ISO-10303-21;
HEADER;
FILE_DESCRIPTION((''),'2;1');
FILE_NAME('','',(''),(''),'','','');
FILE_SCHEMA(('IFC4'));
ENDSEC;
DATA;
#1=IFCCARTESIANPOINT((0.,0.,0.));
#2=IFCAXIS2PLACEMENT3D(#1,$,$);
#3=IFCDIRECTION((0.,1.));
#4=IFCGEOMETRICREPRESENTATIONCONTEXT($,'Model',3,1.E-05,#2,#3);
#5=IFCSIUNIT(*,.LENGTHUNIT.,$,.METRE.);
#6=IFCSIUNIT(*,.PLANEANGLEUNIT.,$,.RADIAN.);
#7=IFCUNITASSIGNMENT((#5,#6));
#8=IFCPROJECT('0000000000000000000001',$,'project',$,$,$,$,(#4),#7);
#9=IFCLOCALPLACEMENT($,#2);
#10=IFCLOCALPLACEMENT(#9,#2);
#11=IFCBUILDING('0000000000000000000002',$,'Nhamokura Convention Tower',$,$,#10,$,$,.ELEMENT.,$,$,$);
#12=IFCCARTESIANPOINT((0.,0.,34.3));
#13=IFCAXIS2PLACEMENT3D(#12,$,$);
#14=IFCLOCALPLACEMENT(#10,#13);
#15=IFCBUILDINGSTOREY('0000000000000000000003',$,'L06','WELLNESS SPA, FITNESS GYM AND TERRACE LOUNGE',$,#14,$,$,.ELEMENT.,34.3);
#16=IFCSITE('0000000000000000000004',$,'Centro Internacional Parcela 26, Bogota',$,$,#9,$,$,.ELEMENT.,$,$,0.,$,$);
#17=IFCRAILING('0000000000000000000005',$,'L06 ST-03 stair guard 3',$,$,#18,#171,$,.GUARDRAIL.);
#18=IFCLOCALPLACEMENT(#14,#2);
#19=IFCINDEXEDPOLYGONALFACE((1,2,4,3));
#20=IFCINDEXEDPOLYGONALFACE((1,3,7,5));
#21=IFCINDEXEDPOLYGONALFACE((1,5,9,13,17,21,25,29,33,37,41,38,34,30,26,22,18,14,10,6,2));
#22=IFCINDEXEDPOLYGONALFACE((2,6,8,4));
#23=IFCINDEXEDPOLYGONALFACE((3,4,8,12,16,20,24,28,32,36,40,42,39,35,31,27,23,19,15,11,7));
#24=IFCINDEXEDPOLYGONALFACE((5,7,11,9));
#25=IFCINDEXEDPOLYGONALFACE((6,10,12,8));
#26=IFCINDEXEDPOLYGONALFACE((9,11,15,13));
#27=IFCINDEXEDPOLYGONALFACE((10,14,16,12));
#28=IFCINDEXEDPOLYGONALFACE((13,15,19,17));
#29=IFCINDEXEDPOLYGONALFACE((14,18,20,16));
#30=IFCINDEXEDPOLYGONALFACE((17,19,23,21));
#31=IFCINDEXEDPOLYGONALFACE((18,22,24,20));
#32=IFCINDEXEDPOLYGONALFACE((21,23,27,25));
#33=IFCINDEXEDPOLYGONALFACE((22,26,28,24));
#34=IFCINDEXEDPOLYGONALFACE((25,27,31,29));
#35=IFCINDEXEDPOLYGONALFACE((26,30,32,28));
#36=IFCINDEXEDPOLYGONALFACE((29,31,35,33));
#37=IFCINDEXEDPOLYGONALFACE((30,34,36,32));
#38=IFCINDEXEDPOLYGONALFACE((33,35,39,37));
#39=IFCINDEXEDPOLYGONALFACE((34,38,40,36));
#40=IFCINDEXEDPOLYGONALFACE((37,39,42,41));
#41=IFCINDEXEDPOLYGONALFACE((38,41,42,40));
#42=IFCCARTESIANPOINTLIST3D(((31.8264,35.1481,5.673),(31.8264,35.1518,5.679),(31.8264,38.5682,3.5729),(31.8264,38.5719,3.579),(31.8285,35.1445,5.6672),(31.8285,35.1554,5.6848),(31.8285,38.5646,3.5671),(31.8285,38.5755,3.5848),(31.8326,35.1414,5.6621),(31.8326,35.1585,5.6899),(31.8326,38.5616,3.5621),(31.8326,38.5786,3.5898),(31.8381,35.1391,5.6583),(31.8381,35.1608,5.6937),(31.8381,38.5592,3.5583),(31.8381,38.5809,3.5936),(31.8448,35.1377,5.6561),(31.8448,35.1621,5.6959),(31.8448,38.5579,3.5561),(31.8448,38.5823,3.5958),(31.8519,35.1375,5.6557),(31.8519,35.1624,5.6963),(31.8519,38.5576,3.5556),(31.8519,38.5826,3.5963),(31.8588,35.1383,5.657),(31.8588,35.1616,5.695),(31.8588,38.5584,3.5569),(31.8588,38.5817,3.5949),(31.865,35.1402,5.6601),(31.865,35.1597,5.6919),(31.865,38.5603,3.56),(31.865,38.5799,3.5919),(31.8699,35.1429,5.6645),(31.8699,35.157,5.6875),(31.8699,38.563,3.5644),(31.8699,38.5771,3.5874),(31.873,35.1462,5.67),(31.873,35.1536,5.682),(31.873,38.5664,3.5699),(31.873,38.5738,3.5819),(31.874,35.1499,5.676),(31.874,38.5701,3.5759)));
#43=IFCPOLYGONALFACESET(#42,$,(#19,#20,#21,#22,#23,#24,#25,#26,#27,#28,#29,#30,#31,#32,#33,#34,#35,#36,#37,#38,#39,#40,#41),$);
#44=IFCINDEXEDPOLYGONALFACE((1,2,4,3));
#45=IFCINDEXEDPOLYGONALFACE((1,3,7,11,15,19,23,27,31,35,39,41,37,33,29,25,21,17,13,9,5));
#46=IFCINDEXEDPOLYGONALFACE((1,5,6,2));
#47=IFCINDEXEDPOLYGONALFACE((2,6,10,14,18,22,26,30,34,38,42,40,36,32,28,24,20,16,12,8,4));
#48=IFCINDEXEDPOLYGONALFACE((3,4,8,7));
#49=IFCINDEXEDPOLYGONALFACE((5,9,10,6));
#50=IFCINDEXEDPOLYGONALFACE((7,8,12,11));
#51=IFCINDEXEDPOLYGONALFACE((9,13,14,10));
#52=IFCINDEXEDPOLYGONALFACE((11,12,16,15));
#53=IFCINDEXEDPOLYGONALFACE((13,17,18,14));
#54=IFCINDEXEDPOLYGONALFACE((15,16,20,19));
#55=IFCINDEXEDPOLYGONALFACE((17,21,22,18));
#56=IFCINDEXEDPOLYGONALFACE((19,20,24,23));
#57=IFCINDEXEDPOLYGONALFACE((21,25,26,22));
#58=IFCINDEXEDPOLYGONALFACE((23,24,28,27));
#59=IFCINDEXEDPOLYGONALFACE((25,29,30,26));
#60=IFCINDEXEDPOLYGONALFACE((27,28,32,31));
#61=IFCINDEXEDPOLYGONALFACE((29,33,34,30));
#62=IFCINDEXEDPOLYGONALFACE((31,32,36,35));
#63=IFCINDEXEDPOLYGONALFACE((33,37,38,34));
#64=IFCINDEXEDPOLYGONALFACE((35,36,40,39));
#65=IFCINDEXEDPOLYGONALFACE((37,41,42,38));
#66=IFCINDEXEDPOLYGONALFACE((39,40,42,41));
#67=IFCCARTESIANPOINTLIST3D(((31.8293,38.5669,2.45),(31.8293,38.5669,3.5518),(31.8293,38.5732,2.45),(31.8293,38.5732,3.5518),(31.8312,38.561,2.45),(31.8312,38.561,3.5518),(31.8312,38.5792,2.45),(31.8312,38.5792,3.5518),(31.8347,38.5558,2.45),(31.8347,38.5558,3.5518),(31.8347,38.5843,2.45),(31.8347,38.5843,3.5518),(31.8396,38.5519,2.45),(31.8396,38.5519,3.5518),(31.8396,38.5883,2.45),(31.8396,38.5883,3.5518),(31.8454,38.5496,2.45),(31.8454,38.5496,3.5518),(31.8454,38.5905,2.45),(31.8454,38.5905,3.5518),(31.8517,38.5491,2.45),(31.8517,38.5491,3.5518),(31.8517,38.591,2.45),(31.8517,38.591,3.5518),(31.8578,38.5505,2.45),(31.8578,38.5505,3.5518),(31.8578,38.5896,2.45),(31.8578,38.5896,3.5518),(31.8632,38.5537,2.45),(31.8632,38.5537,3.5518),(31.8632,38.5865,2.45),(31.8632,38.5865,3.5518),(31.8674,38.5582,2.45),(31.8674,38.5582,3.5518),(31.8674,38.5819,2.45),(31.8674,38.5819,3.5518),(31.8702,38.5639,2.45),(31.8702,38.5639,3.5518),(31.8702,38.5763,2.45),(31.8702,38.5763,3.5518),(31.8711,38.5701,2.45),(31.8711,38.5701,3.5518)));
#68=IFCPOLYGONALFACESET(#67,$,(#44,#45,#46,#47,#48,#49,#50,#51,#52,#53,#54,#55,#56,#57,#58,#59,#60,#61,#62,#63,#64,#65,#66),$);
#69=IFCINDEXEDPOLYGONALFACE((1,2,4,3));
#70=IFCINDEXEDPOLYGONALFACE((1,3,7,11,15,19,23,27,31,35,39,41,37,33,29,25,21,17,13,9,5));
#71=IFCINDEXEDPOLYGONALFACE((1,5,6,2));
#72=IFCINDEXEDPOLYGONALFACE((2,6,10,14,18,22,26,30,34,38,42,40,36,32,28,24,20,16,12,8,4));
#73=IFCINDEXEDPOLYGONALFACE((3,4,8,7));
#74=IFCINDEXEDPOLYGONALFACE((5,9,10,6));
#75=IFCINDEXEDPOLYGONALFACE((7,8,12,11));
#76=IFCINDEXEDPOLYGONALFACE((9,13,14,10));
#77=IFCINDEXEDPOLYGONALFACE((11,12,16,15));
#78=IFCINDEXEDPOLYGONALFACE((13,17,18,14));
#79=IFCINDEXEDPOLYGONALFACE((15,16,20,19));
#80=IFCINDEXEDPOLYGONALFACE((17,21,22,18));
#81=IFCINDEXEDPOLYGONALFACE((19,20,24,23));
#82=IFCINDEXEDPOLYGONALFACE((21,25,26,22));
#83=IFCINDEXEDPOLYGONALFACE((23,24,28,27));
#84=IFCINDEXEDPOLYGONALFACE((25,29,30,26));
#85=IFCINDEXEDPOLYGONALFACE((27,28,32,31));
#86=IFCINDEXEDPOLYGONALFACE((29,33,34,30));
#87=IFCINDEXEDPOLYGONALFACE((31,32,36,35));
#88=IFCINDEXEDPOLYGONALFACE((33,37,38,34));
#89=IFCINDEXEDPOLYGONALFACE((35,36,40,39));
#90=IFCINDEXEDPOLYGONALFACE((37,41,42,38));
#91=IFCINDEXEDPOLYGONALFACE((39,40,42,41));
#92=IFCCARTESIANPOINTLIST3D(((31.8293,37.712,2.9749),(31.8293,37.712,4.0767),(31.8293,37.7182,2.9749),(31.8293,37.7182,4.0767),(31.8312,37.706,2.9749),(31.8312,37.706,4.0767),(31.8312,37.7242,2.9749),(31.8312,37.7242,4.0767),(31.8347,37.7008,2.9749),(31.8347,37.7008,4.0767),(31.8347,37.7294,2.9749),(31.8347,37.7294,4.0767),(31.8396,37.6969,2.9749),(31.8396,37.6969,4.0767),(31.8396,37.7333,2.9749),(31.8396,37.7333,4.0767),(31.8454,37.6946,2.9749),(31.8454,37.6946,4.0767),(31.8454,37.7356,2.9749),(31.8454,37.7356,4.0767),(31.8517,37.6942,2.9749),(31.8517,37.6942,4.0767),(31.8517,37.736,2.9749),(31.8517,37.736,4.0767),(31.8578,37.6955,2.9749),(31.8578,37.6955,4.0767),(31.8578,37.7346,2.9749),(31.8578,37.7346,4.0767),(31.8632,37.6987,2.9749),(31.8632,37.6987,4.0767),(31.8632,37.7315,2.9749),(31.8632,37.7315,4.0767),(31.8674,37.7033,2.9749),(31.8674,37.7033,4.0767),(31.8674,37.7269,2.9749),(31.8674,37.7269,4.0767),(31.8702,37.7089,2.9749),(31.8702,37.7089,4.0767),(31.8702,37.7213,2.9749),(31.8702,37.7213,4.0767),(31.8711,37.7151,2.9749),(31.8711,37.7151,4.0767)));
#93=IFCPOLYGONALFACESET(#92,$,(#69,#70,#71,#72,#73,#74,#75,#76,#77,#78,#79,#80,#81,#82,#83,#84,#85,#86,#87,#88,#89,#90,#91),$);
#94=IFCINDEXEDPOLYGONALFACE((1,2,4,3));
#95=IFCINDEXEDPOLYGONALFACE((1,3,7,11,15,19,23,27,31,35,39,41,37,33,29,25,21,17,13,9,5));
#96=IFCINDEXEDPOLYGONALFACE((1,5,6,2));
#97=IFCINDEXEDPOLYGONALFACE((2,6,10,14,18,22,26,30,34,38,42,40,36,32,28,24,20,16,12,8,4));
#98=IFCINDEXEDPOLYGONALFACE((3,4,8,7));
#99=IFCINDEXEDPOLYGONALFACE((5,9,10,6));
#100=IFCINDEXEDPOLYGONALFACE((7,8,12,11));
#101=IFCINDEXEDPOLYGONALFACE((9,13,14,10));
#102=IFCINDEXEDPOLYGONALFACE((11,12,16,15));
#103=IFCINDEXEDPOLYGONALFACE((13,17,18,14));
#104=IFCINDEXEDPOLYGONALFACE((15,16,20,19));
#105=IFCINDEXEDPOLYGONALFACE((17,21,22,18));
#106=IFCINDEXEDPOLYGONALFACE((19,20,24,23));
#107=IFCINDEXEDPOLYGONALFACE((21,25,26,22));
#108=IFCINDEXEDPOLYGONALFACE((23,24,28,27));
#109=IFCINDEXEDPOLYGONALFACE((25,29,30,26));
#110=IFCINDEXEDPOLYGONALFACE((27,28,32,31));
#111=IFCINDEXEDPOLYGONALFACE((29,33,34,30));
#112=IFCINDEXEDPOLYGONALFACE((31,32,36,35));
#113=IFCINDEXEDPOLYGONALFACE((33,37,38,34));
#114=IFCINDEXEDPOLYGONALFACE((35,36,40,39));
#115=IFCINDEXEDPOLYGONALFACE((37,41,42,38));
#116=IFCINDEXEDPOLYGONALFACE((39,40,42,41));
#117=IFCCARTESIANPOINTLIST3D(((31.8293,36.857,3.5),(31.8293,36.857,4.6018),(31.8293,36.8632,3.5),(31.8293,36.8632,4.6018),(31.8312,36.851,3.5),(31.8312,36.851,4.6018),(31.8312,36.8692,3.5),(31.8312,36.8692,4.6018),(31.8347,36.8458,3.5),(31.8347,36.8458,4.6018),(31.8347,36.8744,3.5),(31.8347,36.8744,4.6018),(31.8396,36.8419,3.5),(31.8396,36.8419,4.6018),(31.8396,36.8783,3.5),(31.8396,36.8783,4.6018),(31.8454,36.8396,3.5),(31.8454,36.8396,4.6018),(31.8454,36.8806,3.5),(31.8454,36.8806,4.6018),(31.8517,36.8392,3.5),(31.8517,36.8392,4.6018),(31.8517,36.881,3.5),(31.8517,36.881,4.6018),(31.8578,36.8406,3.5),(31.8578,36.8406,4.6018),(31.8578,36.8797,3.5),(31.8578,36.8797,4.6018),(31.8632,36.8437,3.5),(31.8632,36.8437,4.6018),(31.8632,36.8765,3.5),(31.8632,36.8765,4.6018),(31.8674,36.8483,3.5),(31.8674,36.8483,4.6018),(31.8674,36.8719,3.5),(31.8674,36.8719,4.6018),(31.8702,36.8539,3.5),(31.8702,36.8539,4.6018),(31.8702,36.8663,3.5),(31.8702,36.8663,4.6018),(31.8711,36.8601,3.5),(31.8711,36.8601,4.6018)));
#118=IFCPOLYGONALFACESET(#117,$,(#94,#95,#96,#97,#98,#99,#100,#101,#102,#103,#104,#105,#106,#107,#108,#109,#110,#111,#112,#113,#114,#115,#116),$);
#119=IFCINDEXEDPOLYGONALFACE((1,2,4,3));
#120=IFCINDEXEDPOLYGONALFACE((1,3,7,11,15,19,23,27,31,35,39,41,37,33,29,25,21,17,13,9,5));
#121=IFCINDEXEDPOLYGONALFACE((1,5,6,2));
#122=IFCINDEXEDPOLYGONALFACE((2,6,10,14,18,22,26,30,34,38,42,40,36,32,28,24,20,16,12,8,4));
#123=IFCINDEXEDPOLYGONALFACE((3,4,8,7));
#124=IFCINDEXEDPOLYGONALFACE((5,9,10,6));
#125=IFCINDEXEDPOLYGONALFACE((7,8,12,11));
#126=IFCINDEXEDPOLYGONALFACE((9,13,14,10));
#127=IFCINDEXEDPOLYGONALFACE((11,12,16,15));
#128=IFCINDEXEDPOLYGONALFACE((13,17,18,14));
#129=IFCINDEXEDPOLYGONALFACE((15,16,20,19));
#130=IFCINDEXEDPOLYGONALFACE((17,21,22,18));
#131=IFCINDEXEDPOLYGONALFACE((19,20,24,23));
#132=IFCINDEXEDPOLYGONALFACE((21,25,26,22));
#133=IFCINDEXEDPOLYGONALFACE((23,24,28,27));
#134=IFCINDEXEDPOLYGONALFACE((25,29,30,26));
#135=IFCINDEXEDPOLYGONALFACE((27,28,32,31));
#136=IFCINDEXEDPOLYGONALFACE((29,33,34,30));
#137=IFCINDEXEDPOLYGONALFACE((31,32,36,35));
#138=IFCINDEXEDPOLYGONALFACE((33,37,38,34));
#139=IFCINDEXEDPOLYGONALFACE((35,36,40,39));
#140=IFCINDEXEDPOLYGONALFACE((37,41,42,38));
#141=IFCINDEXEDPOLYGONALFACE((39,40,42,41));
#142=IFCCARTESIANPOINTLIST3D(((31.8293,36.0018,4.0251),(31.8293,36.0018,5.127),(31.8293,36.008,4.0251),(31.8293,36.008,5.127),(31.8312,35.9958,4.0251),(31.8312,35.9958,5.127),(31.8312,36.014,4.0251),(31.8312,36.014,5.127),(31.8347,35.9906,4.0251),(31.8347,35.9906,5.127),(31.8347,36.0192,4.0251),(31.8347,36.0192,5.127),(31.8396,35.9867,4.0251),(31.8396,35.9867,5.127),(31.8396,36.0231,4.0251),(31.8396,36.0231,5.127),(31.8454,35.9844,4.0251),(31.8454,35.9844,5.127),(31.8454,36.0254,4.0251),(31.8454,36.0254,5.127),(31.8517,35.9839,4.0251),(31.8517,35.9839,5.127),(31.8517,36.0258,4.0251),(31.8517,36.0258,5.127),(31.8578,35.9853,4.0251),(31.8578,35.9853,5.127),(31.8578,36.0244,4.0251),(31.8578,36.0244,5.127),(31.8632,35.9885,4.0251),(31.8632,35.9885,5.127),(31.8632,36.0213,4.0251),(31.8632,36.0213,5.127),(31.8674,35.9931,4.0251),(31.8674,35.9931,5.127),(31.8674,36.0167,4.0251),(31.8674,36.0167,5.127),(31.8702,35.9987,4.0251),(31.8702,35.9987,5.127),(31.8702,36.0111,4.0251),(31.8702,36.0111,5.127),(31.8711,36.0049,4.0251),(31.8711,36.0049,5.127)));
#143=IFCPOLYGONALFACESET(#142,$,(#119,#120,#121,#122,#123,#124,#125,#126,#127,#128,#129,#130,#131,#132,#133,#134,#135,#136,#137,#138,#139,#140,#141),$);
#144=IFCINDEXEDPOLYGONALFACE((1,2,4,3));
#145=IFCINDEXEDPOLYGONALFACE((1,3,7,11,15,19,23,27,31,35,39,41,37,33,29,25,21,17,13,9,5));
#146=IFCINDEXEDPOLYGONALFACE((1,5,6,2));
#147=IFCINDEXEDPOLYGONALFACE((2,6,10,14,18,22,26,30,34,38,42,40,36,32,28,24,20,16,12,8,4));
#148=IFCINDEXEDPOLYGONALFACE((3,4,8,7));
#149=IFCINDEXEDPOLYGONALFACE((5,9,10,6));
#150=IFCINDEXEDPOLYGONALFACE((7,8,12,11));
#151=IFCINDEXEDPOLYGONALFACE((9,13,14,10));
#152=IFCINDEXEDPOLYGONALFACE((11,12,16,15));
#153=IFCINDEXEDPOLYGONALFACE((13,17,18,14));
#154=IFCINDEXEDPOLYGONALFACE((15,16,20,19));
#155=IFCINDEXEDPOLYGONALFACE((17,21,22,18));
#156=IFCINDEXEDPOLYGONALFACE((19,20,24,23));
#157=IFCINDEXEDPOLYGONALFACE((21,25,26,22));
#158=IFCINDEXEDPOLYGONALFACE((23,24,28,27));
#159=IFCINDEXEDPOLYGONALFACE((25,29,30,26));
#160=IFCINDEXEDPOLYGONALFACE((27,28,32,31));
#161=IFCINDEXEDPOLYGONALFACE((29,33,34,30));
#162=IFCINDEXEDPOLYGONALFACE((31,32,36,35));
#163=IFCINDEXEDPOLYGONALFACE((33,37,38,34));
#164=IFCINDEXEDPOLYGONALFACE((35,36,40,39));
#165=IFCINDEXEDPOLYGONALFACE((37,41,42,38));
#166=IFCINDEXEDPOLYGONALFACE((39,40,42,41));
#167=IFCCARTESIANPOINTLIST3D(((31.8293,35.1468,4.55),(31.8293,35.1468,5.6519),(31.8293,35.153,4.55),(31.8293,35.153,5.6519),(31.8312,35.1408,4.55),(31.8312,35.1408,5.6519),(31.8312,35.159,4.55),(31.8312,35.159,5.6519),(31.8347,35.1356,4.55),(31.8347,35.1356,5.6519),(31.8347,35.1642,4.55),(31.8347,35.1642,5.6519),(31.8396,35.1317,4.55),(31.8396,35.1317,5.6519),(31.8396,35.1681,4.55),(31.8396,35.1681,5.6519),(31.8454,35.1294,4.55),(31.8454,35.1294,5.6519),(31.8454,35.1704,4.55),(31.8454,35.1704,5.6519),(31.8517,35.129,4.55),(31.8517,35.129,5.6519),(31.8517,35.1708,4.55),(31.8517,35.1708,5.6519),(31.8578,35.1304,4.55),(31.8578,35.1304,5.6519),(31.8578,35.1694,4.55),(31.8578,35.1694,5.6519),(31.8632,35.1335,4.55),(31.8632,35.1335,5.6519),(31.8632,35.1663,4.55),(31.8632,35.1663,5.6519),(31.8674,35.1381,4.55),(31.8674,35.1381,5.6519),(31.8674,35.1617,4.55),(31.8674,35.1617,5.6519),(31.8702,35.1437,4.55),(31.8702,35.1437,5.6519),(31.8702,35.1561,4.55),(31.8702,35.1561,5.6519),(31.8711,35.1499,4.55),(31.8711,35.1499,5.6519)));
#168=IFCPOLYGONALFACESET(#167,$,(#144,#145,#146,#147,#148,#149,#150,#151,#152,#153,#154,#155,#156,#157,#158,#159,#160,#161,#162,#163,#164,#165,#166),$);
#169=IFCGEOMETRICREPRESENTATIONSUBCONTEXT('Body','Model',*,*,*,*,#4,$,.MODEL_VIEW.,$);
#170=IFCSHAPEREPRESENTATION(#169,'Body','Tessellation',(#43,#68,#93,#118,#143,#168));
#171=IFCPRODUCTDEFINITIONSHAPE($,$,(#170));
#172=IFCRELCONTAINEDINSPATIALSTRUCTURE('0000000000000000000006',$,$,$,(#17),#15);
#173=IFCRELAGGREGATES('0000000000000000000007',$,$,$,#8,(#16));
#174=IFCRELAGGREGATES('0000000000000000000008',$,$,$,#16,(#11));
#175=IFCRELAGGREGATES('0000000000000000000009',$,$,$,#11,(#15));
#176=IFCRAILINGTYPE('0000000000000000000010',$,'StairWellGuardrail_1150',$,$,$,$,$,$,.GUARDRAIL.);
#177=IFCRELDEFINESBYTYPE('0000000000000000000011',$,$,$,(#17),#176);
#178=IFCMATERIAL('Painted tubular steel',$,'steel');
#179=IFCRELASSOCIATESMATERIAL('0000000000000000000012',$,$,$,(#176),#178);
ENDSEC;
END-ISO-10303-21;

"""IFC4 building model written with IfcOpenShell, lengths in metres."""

from ifc_helpers import new_model, si_unit, direction, frame, origin, origin_2d, place, context, subcontext, project, spatial, circle, extrude, material, type_object, element, save


model = new_model("IFC4")

# Units and contexts
model_context = context("Model", 3, precision=1e-05, world=origin(), true_north=direction((0.0, 1.0)))
body_context = subcontext(model_context, "Body", "Model", "MODEL_VIEW")
ifc_project = project(units=[si_unit("LENGTHUNIT", "METRE"), si_unit("PLANEANGLEUNIT", "RADIAN")], contexts=[model_context])

# Site, building, storey
site_placement = place(None, origin())
site = spatial("IfcSite", under=ifc_project, at=site_placement, Name="Centro Internacional Parcela 26, Bogota", CompositionType="ELEMENT", RefElevation=0.0)
building_placement = place(site_placement, origin())
building = spatial("IfcBuilding", under=site, at=building_placement, Name="Nhamokura Convention Tower", CompositionType="ELEMENT")
storey_placement = place(building_placement, frame((0.0, 0.0, 34.3)))
storey = spatial("IfcBuildingStorey", under=building, at=storey_placement, Name="L06", Description="WELLNESS SPA, FITNESS GYM AND TERRACE LOUNGE", CompositionType="ELEMENT", Elevation=34.3)

# Railing
ifc_material_1 = material(Name="Painted tubular steel", Category="steel")
railing_type = type_object("IfcRailingType", Name="StairWellGuardrail_1150", PredefinedType="GUARDRAIL", material=ifc_material_1)
railing_1_placement = place(storey_placement, frame((31.8501, 38.5701, 2.45)))
element("IfcRailing", 1, at=railing_1_placement, inside=storey, type_object=railing_type, Name="L06 ST-03 stair guard 3", PredefinedType="GUARDRAIL", context=body_context, shape_type="SweptSolid", body=[
    extrude(circle(Radius=0.0239, at=origin_2d()), frame((0.0, 0.0, 1.126), z_axis=(0.0, -0.852172, 0.523262), x_axis=(1.0, 0.0, 0.0)), (0.0, 0.0, 1.0), 4.0134),
    extrude(circle(Radius=0.021, at=origin_2d()), origin(), (0.0, 0.0, 1.0), 1.1018),
    extrude(circle(Radius=0.021, at=origin_2d()), frame((0.0, -0.855, 0.5249)), (0.0, 0.0, 1.0), 1.1018),
    extrude(circle(Radius=0.021, at=origin_2d()), frame((0.0, -1.71, 1.05)), (0.0, 0.0, 1.0), 1.1018),
    extrude(circle(Radius=0.021, at=origin_2d()), frame((0.0, -2.5652, 1.5752)), (0.0, 0.0, 1.0), 1.1018),
    extrude(circle(Radius=0.021, at=origin_2d()), frame((0.0, -3.4202, 2.1001)), (0.0, 0.0, 1.0), 1.1018),
])

save(model, "model.ifc")
